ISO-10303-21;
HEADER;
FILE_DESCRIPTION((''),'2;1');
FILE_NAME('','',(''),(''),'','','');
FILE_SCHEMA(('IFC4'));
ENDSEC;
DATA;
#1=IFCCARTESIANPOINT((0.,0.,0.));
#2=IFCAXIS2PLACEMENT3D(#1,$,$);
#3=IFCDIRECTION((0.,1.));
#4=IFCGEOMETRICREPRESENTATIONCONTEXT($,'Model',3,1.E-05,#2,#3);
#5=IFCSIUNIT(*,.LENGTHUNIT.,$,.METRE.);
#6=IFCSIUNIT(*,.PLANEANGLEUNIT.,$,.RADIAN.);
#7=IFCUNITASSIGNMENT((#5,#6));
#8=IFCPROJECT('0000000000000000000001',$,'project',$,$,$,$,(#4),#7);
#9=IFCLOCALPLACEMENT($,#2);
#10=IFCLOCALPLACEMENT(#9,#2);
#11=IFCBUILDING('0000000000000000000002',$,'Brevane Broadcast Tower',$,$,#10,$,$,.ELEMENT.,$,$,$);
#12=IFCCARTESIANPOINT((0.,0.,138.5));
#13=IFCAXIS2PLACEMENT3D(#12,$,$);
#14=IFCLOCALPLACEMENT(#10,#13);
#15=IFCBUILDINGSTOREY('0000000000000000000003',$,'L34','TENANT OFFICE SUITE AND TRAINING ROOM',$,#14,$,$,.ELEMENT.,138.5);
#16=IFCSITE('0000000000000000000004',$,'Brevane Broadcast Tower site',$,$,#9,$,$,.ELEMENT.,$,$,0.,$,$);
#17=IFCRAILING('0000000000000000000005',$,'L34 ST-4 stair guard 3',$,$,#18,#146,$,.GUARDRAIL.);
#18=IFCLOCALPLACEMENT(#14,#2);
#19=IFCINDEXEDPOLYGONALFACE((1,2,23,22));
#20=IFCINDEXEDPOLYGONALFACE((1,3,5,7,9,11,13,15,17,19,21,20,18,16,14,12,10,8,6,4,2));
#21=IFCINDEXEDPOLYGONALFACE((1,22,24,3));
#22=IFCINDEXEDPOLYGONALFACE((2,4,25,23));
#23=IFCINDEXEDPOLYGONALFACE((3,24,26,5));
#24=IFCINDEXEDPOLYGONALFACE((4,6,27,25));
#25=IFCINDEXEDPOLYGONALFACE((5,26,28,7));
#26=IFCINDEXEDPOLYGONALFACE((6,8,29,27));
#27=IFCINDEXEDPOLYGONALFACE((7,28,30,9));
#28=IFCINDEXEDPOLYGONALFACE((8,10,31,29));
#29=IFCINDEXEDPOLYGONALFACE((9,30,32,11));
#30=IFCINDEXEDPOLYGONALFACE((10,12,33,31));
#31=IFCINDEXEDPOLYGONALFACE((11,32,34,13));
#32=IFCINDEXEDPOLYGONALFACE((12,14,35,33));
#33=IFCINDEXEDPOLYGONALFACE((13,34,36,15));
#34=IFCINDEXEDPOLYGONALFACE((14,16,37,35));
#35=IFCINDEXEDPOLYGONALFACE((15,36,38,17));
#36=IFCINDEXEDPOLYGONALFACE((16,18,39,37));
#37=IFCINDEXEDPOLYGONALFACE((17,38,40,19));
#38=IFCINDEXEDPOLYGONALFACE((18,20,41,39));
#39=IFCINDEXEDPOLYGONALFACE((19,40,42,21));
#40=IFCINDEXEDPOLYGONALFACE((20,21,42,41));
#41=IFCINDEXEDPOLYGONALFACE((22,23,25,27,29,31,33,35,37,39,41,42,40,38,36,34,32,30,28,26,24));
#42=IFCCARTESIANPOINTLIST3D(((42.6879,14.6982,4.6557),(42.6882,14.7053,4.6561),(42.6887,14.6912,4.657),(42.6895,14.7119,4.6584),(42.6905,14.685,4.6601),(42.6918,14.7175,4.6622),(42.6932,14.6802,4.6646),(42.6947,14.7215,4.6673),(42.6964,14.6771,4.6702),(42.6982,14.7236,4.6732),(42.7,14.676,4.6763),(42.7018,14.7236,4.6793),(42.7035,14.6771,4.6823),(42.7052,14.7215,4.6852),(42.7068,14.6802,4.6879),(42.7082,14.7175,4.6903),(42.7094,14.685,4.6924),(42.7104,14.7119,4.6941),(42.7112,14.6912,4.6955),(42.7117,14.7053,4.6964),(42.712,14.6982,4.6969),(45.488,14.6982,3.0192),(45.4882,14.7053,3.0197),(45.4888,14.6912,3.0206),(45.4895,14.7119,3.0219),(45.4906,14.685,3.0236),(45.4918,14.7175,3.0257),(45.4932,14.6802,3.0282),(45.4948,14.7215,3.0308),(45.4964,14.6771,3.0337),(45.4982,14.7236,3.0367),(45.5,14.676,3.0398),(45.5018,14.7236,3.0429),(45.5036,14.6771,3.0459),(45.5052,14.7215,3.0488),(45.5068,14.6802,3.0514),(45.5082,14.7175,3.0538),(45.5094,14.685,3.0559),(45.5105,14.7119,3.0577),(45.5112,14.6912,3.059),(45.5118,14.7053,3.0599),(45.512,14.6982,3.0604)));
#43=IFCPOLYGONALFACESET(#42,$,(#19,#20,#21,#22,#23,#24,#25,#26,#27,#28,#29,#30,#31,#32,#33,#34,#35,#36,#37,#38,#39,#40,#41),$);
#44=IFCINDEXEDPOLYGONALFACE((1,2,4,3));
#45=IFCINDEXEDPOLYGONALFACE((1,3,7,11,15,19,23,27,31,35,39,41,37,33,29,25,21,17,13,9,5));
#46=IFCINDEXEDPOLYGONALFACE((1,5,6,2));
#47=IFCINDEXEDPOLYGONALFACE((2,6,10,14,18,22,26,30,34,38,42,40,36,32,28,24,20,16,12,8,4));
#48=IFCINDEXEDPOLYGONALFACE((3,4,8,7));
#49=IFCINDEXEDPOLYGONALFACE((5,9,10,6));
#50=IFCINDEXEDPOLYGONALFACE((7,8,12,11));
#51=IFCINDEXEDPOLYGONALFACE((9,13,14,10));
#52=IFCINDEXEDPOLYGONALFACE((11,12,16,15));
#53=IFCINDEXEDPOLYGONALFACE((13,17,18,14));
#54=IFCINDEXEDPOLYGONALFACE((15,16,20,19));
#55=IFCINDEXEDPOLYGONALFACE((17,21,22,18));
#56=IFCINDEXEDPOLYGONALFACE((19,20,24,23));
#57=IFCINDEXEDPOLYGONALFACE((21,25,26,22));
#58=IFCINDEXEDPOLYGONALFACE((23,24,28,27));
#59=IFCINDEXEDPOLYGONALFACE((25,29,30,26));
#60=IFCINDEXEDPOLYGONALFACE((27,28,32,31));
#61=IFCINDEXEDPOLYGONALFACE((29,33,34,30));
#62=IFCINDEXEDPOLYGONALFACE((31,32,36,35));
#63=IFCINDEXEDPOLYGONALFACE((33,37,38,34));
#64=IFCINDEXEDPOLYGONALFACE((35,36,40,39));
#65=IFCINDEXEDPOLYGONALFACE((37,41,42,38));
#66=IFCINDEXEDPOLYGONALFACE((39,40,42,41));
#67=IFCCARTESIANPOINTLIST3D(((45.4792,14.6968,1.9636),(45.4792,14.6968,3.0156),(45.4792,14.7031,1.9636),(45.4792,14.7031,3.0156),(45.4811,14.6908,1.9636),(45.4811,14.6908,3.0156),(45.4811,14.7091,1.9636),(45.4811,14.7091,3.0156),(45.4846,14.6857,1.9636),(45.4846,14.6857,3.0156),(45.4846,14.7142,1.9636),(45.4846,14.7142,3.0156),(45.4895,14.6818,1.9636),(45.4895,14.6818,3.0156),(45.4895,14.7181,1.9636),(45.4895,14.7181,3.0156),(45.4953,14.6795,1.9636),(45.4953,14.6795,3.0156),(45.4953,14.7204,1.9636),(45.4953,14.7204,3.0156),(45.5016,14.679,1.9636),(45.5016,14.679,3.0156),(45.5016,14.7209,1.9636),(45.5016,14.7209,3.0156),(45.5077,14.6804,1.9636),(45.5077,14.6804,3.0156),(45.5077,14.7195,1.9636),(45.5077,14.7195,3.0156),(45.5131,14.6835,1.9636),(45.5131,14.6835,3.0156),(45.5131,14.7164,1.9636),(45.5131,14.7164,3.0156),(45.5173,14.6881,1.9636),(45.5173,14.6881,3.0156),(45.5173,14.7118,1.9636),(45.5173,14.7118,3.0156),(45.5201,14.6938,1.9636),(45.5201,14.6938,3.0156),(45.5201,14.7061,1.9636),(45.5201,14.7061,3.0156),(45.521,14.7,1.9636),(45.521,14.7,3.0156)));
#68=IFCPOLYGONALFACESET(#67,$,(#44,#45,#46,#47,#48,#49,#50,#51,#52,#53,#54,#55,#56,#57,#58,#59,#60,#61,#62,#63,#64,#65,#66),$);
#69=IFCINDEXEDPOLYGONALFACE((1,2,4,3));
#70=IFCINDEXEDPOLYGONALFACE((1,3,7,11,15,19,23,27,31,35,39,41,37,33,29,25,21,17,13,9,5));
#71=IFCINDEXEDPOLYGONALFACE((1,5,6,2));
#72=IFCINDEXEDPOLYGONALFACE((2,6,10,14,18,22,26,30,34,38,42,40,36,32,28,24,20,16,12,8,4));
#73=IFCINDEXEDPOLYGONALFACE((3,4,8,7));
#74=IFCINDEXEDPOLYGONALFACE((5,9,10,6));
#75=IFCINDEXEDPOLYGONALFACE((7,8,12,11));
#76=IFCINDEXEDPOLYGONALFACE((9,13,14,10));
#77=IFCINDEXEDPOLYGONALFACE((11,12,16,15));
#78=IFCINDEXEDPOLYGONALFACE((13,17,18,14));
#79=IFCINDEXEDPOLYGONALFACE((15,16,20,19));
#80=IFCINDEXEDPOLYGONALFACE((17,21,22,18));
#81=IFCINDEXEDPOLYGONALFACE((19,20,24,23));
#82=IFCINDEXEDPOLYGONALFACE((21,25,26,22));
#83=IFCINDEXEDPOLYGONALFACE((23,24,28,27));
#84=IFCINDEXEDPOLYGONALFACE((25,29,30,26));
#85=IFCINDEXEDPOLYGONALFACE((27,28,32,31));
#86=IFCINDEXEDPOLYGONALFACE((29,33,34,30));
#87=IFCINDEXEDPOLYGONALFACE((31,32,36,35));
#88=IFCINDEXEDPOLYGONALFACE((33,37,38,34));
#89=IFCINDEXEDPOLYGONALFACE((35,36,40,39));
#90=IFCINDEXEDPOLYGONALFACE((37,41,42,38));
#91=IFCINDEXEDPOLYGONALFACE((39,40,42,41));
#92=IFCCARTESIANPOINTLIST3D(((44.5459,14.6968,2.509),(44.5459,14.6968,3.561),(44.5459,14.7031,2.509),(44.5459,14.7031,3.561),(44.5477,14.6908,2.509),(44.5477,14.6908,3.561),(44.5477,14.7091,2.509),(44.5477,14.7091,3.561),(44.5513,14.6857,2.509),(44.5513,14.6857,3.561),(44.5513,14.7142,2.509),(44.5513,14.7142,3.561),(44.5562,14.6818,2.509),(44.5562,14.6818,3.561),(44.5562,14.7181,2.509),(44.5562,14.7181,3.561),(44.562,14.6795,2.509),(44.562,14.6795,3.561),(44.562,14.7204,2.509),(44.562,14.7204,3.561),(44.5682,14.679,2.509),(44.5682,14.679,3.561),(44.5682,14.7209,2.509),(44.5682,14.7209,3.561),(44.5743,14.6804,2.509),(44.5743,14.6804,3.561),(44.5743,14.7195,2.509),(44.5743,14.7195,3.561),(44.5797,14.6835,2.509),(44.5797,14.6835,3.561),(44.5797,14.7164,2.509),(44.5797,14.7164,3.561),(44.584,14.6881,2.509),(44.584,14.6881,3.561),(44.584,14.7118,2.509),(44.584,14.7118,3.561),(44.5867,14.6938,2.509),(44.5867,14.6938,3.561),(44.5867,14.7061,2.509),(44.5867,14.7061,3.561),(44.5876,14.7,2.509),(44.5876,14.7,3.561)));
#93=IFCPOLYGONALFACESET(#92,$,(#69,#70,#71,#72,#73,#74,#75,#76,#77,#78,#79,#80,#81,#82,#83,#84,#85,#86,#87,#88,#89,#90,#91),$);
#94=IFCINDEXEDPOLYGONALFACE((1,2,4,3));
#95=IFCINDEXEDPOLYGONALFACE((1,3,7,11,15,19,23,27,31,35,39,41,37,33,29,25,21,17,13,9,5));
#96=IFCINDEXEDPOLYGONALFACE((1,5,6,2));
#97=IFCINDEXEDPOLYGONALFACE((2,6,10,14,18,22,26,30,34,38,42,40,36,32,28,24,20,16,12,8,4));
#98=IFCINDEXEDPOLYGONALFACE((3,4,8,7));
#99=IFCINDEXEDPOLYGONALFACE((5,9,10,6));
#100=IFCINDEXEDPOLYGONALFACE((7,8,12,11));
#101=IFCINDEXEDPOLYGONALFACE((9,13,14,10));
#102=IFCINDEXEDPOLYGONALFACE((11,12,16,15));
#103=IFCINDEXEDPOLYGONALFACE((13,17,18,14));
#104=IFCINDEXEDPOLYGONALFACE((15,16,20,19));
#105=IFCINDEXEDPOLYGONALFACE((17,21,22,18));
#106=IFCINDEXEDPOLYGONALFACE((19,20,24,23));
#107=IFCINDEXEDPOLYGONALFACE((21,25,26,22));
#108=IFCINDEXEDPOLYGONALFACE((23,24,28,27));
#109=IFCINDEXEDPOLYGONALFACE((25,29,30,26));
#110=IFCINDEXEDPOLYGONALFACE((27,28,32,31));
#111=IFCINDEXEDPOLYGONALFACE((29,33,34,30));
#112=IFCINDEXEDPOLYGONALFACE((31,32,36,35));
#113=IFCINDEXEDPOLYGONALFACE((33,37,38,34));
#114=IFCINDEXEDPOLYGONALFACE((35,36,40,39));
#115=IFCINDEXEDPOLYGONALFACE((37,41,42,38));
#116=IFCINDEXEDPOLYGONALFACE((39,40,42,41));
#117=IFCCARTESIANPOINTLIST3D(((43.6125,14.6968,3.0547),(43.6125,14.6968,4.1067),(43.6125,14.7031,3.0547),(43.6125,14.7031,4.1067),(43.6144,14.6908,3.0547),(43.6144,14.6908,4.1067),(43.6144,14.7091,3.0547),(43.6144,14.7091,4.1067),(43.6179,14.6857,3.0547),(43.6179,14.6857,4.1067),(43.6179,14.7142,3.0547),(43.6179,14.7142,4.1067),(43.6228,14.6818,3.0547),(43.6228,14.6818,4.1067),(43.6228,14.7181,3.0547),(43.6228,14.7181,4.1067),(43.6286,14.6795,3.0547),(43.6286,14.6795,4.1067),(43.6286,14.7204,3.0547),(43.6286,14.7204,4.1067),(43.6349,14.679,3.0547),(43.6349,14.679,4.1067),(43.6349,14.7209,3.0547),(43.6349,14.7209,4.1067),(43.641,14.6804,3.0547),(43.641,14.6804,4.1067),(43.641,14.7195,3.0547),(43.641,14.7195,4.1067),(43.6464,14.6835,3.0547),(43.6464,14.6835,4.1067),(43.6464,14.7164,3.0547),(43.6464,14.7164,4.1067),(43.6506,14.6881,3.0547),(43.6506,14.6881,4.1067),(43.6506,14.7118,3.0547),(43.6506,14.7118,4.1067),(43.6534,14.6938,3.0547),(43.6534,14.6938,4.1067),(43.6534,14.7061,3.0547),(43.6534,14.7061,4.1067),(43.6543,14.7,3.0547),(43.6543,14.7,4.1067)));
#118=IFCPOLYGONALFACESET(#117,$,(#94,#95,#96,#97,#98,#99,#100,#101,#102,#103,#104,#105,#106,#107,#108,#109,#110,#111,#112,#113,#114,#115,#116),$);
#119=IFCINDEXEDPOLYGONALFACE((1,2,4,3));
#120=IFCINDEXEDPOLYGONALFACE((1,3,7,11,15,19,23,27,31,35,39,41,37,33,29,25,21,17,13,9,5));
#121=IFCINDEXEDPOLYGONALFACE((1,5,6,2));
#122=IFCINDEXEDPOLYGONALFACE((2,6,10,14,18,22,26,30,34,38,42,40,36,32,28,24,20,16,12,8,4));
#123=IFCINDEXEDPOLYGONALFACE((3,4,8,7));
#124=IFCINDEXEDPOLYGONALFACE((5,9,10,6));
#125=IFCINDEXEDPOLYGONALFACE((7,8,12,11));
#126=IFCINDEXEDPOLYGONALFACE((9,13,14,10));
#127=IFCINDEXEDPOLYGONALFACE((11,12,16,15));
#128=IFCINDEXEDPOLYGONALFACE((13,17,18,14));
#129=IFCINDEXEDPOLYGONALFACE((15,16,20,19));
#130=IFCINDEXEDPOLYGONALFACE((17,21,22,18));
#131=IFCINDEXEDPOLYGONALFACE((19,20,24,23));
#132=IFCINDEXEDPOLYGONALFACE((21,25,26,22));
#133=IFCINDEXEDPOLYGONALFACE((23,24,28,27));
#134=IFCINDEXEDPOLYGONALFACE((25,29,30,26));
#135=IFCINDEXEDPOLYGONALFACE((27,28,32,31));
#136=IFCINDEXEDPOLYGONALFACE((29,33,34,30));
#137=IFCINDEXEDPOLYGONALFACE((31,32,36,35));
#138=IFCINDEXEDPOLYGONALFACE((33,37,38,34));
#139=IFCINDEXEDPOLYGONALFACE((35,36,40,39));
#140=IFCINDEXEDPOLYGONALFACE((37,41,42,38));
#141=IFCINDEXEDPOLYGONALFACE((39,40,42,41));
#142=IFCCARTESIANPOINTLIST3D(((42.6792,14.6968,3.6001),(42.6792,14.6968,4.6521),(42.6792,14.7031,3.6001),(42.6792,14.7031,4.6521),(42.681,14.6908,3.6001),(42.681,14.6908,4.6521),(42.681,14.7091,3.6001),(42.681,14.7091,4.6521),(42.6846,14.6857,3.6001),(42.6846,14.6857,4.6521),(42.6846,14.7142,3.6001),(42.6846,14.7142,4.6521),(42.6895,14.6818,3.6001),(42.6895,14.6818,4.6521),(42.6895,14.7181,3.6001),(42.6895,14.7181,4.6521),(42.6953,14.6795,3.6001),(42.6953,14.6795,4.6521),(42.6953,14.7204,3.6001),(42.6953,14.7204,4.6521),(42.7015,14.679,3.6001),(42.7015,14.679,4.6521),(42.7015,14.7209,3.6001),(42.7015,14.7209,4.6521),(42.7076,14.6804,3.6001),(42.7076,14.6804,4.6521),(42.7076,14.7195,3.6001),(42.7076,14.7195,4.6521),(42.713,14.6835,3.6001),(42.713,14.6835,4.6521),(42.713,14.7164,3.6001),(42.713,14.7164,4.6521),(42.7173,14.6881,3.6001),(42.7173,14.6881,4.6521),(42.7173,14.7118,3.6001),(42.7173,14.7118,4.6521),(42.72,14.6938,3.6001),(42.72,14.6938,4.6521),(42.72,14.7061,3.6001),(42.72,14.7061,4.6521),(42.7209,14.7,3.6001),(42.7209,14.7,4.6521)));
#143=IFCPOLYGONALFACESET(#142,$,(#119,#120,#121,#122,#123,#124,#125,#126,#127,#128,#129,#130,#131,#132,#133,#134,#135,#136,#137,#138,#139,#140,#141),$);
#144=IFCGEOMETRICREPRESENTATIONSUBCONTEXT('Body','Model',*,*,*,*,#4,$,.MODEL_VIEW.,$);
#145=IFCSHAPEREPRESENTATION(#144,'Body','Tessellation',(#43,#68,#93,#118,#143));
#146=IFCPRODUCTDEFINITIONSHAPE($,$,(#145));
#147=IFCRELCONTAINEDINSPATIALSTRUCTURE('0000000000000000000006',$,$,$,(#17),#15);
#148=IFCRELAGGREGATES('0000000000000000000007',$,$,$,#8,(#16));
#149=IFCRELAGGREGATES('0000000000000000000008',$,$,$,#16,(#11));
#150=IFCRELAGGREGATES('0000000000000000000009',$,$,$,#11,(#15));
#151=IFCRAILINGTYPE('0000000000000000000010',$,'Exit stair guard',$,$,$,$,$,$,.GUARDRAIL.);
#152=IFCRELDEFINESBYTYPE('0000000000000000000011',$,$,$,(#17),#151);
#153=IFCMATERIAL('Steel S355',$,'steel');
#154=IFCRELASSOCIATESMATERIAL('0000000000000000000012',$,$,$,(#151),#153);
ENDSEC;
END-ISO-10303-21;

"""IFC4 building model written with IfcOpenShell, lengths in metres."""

from ifc_helpers import new_model, si_unit, direction, frame, origin, origin_2d, place, context, subcontext, project, spatial, circle, extrude, material, type_object, element, save


model = new_model("IFC4")

# Units and contexts
model_context = context("Model", 3, precision=1e-05, world=origin(), true_north=direction((0.0, 1.0)))
body_context = subcontext(model_context, "Body", "Model", "MODEL_VIEW")
ifc_project = project(units=[si_unit("LENGTHUNIT", "METRE"), si_unit("PLANEANGLEUNIT", "RADIAN")], contexts=[model_context])

# Site, building, storey
site_placement = place(None, origin())
site = spatial("IfcSite", under=ifc_project, at=site_placement, Name="Brevane Broadcast Tower site", CompositionType="ELEMENT", RefElevation=0.0)
building_placement = place(site_placement, origin())
building = spatial("IfcBuilding", under=site, at=building_placement, Name="Brevane Broadcast Tower", CompositionType="ELEMENT")
storey_placement = place(building_placement, frame((0.0, 0.0, 138.5)))
storey = spatial("IfcBuildingStorey", under=building, at=storey_placement, Name="L34", Description="TENANT OFFICE SUITE AND TRAINING ROOM", CompositionType="ELEMENT", Elevation=138.5)

# Railing
ifc_material_1 = material(Name="Steel S355", Category="steel")
railing_type_1 = type_object("IfcRailingType", Name="Exit stair guard", PredefinedType="GUARDRAIL", material=ifc_material_1)
railing_1_placement = place(storey_placement, frame((45.5, 14.7, 1.9636)))
element("IfcRailing", 1, at=railing_1_placement, inside=storey, type_object=railing_type_1, Name="L34 ST-4 stair guard 3", PredefinedType="GUARDRAIL", context=body_context, shape_type="SweptSolid", body=[
    extrude(circle(Radius=0.0239, at=origin_2d()), frame((0.0, 0.0, 1.0762), z_axis=(-0.863361, 0.0, 0.504587), x_axis=(0.0, -1.0, 0.0)), (0.0, 0.0, 1.0), 3.2432),
    extrude(circle(Radius=0.021, at=origin_2d()), origin(), (0.0, 0.0, 1.0), 1.052),
    extrude(circle(Radius=0.021, at=origin_2d()), frame((-0.9333, 0.0, 0.5454)), (0.0, 0.0, 1.0), 1.052),
    extrude(circle(Radius=0.021, at=origin_2d()), frame((-1.8667, 0.0, 1.0911)), (0.0, 0.0, 1.0), 1.052),
    extrude(circle(Radius=0.021, at=origin_2d()), frame((-2.8, 0.0, 1.6365)), (0.0, 0.0, 1.0), 1.052),
])

save(model, "model.ifc")
